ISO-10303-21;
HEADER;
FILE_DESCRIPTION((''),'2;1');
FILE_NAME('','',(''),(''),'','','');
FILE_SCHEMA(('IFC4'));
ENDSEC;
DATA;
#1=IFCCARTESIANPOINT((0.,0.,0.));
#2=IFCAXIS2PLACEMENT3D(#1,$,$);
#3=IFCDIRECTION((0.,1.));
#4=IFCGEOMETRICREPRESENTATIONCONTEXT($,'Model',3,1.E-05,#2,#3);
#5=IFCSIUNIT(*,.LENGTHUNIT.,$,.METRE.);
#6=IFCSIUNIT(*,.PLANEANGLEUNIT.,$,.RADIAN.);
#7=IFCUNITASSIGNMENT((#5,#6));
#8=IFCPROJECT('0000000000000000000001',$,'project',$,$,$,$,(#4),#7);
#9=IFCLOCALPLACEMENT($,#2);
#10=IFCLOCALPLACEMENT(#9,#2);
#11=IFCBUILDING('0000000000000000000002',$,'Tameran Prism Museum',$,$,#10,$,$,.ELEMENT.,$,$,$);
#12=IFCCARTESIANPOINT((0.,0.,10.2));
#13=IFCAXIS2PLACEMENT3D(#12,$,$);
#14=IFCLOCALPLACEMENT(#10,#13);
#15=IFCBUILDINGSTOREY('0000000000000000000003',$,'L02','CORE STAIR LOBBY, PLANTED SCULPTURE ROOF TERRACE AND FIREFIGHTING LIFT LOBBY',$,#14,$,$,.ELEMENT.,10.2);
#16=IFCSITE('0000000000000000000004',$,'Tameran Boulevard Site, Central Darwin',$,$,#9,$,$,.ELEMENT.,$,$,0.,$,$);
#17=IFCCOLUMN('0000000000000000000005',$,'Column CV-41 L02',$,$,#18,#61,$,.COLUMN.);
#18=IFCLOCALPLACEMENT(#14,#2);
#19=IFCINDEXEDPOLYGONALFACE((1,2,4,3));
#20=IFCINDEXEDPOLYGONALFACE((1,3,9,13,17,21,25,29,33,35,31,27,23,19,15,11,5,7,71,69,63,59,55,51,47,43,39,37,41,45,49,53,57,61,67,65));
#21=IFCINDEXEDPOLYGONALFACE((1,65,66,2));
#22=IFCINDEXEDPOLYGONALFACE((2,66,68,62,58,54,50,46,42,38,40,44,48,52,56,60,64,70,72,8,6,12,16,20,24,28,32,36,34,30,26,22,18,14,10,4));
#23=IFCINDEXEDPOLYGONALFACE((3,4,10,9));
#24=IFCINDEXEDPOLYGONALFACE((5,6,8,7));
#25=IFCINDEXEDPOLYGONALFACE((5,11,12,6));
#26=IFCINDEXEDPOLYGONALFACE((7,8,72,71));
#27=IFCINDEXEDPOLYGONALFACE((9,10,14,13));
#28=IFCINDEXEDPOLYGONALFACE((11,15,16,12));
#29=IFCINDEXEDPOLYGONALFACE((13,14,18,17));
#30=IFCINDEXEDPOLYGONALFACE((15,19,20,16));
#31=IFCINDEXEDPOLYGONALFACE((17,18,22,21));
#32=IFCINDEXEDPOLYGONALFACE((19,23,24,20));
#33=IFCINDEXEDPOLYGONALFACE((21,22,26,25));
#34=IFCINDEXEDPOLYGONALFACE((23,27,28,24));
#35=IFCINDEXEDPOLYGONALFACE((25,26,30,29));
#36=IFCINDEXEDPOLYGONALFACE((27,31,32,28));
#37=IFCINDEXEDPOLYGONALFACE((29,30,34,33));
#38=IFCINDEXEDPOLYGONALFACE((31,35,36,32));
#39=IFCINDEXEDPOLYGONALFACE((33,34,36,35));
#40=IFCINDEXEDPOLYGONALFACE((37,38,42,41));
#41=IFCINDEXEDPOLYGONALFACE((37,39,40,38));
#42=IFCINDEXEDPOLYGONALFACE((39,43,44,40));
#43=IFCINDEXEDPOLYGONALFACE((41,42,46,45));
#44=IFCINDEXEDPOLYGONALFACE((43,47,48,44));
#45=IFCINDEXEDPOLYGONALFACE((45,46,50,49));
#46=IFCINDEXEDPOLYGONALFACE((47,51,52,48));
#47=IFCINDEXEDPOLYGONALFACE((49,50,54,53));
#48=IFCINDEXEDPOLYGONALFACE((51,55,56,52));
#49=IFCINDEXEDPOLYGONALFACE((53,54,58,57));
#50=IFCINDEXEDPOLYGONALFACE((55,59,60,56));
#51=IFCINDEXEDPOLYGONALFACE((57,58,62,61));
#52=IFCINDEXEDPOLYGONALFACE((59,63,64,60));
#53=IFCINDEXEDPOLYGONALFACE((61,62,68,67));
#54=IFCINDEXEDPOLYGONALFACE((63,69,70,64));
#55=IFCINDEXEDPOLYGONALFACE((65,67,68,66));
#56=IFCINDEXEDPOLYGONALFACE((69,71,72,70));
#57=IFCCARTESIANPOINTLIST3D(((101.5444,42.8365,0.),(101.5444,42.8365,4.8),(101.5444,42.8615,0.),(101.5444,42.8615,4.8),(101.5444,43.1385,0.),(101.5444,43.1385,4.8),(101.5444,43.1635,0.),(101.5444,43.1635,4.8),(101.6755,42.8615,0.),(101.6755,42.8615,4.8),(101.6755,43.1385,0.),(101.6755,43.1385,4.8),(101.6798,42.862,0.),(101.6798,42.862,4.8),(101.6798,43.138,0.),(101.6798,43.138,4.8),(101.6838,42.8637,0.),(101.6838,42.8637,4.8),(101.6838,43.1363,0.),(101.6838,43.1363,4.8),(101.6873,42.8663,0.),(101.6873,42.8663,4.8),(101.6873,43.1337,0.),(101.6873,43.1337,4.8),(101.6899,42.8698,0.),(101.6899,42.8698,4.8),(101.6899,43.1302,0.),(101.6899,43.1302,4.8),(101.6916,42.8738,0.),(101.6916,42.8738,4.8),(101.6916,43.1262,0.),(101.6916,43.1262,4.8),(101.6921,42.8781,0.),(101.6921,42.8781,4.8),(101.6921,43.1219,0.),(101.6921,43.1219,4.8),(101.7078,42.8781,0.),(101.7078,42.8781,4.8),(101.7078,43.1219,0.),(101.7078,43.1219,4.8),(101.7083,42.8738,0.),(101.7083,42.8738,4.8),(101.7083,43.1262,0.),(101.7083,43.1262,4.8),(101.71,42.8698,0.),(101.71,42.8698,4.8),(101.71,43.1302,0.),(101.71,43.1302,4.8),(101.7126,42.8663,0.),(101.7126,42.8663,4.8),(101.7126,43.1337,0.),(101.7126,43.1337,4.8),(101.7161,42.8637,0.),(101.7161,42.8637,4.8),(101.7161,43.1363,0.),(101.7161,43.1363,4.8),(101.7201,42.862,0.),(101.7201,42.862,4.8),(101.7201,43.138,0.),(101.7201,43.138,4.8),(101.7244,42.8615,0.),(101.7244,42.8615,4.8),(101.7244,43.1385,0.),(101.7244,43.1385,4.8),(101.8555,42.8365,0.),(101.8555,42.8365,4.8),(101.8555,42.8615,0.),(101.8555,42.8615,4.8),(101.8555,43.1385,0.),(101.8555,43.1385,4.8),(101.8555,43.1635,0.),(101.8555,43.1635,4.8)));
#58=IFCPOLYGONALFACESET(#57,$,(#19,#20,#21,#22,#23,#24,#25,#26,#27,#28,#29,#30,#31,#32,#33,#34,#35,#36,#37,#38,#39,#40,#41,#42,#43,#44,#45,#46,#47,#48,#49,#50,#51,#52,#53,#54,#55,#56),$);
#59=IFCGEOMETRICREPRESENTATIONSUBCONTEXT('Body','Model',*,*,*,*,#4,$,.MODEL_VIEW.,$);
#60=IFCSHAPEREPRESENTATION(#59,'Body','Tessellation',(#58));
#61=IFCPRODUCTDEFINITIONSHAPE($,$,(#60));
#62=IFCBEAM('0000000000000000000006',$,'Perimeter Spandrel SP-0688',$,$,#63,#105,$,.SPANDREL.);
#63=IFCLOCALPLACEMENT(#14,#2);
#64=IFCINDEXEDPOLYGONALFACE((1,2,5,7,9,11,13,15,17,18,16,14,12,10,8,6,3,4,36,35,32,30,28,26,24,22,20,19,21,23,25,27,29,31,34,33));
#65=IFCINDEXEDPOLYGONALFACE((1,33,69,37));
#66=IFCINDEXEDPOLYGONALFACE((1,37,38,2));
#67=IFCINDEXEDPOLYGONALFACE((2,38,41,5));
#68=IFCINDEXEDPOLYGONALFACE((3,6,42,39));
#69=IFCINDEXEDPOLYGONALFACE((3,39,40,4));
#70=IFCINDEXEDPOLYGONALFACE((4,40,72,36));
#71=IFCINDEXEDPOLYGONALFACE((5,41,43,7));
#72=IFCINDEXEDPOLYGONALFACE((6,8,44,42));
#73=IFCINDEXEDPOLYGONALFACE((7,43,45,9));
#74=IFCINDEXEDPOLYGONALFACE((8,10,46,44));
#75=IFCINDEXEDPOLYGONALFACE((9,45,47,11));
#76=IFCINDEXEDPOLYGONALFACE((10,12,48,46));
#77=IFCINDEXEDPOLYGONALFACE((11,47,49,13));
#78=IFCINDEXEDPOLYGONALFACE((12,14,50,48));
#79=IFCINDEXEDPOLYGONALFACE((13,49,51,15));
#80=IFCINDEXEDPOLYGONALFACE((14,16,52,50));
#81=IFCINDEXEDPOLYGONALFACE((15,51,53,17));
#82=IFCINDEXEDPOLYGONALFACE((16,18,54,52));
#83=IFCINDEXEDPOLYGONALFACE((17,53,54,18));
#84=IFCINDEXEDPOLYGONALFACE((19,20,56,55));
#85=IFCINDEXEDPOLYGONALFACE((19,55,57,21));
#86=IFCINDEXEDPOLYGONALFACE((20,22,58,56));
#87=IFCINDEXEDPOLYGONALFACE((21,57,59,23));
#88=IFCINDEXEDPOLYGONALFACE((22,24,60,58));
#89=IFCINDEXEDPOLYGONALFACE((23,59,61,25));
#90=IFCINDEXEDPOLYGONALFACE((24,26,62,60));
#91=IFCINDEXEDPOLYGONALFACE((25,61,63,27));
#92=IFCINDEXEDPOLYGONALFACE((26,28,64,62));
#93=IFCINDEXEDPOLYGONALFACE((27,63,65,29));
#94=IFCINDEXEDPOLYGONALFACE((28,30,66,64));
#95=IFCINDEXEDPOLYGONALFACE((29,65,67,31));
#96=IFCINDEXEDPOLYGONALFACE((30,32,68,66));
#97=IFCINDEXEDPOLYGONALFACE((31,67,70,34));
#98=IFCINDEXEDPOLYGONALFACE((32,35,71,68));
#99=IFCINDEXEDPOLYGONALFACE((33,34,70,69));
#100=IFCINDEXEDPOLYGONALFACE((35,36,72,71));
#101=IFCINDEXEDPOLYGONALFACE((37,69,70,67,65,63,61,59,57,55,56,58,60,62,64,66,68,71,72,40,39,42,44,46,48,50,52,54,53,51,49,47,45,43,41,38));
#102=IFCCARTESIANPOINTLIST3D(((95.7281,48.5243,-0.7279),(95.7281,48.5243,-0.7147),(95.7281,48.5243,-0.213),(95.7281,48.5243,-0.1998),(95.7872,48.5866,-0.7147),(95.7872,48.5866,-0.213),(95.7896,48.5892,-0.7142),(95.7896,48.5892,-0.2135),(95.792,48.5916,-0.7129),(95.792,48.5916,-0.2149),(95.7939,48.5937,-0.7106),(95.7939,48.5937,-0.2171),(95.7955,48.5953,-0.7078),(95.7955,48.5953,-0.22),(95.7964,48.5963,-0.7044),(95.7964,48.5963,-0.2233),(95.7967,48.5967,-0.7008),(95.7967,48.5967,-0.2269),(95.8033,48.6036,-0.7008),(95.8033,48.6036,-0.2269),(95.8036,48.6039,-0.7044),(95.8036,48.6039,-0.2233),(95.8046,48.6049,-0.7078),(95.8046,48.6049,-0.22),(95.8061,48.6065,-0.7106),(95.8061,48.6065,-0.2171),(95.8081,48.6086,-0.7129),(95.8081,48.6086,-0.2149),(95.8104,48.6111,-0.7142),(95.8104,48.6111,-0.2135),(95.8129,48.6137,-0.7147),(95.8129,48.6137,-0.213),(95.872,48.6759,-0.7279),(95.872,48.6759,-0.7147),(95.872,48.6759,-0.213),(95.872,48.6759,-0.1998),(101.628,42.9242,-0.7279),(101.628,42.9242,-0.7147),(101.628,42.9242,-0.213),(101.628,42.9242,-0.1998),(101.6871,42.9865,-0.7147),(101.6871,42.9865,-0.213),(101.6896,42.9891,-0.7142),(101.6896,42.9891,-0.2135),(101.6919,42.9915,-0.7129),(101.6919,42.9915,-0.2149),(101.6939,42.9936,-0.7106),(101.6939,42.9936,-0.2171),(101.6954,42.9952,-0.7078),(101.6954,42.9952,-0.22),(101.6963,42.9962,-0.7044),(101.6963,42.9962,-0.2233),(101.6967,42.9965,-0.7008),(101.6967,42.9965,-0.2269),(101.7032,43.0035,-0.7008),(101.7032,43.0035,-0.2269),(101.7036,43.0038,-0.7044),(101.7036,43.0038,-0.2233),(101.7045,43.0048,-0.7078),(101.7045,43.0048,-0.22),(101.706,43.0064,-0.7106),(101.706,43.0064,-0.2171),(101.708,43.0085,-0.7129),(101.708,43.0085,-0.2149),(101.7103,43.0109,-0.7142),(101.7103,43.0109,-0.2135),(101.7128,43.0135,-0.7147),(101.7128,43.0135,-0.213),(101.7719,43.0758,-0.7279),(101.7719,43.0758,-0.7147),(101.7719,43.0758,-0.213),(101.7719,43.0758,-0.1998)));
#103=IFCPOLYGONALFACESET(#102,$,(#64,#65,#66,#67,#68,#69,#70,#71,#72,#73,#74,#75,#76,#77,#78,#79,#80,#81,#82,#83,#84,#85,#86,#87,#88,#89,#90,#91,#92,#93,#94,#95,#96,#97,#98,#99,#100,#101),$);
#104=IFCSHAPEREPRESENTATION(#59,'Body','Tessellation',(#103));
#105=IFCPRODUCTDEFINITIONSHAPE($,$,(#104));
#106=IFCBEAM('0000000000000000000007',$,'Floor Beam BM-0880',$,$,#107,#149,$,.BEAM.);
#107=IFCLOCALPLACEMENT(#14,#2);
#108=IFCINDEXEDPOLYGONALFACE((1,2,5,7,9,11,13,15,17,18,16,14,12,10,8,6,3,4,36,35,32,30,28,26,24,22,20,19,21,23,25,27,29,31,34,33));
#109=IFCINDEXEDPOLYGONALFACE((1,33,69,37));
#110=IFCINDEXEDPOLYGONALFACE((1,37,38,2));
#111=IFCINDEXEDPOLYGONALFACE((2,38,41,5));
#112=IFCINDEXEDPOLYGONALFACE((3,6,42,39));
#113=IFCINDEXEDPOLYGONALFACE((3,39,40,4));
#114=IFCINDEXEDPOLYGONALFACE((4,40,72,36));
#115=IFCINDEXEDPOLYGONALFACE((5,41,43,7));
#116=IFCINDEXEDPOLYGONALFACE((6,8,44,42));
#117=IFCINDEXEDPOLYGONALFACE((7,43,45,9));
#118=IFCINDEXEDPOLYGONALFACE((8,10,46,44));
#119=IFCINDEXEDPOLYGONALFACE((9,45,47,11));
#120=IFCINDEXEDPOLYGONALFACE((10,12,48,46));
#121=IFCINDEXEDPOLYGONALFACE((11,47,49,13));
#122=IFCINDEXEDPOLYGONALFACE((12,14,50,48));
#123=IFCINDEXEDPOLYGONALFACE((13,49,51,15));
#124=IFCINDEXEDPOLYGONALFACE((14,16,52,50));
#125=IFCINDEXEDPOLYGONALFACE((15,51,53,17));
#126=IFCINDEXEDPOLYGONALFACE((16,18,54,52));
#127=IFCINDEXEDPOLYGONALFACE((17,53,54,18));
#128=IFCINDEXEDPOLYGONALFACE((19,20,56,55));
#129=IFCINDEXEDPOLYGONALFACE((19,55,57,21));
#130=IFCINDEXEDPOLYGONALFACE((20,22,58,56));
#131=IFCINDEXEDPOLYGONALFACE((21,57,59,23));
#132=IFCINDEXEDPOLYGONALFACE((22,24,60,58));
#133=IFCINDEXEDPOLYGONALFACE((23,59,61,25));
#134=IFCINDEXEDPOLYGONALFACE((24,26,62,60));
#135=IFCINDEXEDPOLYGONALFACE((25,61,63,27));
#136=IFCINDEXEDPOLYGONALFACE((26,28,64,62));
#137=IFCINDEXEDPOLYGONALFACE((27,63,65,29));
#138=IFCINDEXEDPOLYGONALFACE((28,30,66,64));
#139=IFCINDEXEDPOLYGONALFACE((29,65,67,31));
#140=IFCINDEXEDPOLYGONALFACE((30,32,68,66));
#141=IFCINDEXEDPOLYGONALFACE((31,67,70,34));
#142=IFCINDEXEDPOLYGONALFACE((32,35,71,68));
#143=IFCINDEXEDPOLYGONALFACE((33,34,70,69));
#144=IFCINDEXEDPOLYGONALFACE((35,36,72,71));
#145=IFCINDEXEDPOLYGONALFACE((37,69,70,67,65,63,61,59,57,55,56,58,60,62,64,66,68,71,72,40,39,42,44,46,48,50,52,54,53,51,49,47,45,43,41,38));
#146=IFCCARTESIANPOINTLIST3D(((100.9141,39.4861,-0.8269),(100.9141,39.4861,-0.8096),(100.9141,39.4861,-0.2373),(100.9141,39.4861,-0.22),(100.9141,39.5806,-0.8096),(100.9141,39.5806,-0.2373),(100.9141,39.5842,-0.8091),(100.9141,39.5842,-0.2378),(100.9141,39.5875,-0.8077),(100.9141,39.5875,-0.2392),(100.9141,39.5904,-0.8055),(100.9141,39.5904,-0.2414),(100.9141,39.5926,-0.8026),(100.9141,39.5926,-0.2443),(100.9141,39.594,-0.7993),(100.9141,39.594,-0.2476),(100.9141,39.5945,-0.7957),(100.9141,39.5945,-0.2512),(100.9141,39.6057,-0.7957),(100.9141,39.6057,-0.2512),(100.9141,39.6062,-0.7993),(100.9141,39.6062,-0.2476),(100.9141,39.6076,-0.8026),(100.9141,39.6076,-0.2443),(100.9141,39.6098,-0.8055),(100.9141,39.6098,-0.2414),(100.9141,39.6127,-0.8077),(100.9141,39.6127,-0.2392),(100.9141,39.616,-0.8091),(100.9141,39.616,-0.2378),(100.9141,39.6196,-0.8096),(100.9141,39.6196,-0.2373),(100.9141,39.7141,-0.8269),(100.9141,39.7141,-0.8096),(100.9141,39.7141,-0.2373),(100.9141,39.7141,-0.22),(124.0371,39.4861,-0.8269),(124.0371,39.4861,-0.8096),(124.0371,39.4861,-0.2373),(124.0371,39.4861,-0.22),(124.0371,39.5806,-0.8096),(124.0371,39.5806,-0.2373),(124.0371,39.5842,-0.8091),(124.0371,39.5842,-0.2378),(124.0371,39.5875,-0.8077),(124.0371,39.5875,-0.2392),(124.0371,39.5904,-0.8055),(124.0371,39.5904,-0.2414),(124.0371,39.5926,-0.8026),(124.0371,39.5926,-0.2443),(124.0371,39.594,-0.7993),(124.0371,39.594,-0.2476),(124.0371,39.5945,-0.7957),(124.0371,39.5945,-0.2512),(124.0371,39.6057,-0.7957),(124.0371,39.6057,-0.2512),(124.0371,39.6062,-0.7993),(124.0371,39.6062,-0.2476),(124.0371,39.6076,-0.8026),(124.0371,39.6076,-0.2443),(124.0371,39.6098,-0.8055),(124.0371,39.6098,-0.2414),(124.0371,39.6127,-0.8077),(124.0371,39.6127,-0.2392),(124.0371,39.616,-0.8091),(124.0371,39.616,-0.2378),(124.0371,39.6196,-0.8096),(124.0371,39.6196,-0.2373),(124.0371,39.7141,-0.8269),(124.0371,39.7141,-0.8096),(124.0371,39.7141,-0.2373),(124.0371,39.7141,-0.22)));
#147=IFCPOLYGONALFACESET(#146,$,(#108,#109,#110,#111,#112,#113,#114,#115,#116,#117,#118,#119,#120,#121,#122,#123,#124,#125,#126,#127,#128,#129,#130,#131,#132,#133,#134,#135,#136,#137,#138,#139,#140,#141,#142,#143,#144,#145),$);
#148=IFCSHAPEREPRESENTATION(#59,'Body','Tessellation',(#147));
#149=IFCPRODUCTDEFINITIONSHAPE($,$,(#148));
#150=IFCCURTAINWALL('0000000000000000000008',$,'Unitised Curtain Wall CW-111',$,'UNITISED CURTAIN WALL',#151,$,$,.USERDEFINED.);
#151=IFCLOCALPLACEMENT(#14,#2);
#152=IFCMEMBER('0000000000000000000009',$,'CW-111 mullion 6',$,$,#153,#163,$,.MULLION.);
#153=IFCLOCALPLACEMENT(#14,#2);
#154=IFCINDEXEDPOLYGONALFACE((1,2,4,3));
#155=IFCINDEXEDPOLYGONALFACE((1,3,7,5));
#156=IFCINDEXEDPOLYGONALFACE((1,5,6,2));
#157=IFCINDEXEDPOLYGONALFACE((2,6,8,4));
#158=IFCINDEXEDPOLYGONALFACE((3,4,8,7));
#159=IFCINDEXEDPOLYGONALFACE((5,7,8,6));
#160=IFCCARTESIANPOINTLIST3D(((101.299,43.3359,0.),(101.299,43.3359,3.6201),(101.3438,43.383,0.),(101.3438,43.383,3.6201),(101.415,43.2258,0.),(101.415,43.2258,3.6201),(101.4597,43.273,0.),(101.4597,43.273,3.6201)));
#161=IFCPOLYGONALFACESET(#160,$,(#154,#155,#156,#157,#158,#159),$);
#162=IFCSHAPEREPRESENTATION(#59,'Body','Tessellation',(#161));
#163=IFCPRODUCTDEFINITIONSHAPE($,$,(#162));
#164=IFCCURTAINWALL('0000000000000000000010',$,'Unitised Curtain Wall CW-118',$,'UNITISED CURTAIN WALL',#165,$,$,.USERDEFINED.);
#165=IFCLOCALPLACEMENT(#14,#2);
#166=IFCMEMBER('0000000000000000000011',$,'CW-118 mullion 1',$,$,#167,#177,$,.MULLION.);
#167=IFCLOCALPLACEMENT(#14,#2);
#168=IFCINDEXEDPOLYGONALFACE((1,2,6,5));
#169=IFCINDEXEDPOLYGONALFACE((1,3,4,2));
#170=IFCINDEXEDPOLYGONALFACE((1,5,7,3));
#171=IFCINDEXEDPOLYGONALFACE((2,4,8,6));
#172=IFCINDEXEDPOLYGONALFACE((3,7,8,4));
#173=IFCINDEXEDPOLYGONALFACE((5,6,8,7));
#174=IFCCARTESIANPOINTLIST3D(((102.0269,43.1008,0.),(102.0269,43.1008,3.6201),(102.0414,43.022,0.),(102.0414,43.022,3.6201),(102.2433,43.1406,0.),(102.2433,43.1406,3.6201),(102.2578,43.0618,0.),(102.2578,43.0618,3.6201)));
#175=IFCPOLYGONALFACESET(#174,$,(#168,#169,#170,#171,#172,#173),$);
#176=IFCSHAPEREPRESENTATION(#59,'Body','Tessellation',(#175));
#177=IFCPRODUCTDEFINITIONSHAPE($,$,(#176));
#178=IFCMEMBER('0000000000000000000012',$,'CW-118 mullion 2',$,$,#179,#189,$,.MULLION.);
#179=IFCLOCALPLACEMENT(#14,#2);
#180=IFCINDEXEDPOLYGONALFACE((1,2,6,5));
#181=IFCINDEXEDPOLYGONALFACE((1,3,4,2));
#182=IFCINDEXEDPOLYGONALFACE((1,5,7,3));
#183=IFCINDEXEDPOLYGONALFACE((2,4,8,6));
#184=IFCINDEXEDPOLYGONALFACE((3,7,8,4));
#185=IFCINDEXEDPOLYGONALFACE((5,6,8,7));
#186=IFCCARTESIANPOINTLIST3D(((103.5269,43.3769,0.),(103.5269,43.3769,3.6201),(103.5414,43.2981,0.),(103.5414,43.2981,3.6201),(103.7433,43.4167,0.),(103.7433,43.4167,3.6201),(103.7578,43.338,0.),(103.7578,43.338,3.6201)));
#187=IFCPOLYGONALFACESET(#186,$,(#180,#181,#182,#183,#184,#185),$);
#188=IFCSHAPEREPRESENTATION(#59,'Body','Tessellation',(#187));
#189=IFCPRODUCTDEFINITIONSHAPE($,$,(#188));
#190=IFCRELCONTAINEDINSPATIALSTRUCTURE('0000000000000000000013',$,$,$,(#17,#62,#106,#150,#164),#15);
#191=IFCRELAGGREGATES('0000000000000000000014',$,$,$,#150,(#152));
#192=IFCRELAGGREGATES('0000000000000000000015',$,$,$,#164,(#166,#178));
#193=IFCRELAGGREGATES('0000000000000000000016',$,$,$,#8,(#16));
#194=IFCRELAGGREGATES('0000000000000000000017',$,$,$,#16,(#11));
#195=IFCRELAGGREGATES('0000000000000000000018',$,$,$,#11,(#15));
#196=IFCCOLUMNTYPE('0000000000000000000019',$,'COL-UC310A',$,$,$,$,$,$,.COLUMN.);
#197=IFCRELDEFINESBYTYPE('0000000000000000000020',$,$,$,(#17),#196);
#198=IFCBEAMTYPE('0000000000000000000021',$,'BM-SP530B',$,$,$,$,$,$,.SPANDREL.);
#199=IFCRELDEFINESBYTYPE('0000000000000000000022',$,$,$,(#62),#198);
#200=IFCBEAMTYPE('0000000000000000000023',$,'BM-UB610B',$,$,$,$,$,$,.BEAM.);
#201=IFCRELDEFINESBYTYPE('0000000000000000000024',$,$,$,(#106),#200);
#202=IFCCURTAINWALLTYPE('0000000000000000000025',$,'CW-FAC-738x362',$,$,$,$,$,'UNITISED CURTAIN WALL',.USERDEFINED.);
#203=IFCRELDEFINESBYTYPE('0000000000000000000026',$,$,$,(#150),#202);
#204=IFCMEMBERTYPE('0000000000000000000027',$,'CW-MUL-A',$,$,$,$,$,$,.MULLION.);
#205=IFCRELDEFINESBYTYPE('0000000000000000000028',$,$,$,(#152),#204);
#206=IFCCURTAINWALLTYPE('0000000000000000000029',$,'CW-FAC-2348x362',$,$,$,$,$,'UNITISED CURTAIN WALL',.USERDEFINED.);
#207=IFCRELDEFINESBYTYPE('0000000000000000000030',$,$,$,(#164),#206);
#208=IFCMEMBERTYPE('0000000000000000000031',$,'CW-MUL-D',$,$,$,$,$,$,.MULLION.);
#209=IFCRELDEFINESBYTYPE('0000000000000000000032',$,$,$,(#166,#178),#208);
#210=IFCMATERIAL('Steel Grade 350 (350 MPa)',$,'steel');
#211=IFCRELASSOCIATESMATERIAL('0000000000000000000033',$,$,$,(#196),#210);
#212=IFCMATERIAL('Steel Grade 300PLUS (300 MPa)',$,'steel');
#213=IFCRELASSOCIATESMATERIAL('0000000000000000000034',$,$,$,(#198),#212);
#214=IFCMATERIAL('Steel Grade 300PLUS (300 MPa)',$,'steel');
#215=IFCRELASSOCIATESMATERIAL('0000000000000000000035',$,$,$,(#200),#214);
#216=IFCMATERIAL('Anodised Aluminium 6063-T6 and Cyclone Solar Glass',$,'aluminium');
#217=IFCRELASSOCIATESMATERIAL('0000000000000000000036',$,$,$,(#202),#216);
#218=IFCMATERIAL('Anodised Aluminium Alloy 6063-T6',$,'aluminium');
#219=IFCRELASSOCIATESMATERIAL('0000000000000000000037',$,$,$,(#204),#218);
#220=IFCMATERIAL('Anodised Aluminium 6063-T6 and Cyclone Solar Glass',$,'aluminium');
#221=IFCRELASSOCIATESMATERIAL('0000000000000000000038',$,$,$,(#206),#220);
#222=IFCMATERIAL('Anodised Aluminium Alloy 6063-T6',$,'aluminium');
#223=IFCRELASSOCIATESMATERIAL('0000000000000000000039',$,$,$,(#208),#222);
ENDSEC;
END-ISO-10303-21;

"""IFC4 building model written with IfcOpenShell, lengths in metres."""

from ifc_helpers import new_model, si_unit, direction, frame, origin, origin_2d, place, context, subcontext, project, spatial, rectangle, i_section, extrude, material, material_profile, profile_set, type_object, element, aggregate, save


model = new_model("IFC4")

# Units and contexts
model_context = context("Model", 3, precision=1e-05, world=origin(), true_north=direction((0.0, 1.0)))
body_context = subcontext(model_context, "Body", "Model", "MODEL_VIEW")
ifc_project = project(units=[si_unit("LENGTHUNIT", "METRE"), si_unit("PLANEANGLEUNIT", "RADIAN")], contexts=[model_context])

# Site, building, storey
site_placement = place(None, origin())
site = spatial("IfcSite", under=ifc_project, at=site_placement, Name="Tameran Boulevard Site, Central Darwin", CompositionType="ELEMENT", RefElevation=0.0)
building_placement = place(site_placement, origin())
building = spatial("IfcBuilding", under=site, at=building_placement, Name="Tameran Prism Museum", CompositionType="ELEMENT")
storey_placement = place(building_placement, frame((0.0, 0.0, 10.2)))
storey = spatial("IfcBuildingStorey", under=building, at=storey_placement, Name="L02", Description="CORE STAIR LOBBY, PLANTED SCULPTURE ROOF TERRACE AND FIREFIGHTING LIFT LOBBY", CompositionType="ELEMENT", Elevation=10.2)

# Column
ifc_material_1 = material(Name="Steel Grade 350 (350 MPa)", Category="steel")
ifc_material_profile_1 = material_profile(ifc_material_1, i_section(OverallWidth=0.311, OverallDepth=0.3269, WebThickness=0.0156, FlangeThickness=0.0249, FilletRadius=0.0166, at=origin_2d()))
ifc_profile_set_1 = profile_set([ifc_material_profile_1])
column_type = type_object("IfcColumnType", Name="COL-UC310A", PredefinedType="COLUMN", material=ifc_profile_set_1)
column_placement = place(storey_placement, frame((101.7, 43.0, 0.0), z_axis=(0.0, 0.0, 1.0), x_axis=(1.0, 0.0, 0.0)))
element("IfcColumn", 1, at=column_placement, inside=storey, type_object=column_type, Name="Column CV-41 L02", PredefinedType="COLUMN", context=body_context, shape_type="SweptSolid", body=[
    extrude(i_section(OverallWidth=0.311, OverallDepth=0.3269, WebThickness=0.0156, FlangeThickness=0.0249, FilletRadius=0.0166, at=origin_2d()), origin(), (0.0, 0.0, 1.0), 4.8),
])

# Beams
ifc_material_2 = material(Name="Steel Grade 300PLUS (300 MPa)", Category="steel")
ifc_material_profile_2 = material_profile(ifc_material_2, i_section(OverallWidth=0.209, OverallDepth=0.5281, WebThickness=0.0095, FlangeThickness=0.0132, FilletRadius=0.0139, at=origin_2d()))
ifc_profile_set_2 = profile_set([ifc_material_profile_2])
beam_type_1 = type_object("IfcBeamType", Name="BM-SP530B", PredefinedType="SPANDREL", material=ifc_profile_set_2)
beam_1_placement = place(storey_placement, frame((101.7, 43.0, -0.4639), z_axis=(-0.725295, 0.688439, 0.0), x_axis=(-0.688439, -0.725295, 0.0)))
element("IfcBeam", 2, at=beam_1_placement, inside=storey, type_object=beam_type_1, Name="Perimeter Spandrel SP-0688", PredefinedType="SPANDREL", context=body_context, shape_type="SweptSolid", body=[
    extrude(i_section(OverallWidth=0.209, OverallDepth=0.5281, WebThickness=0.0095, FlangeThickness=0.0132, FilletRadius=0.0139, at=origin_2d()), origin(), (0.0, 0.0, 1.0), 8.1345),
])
ifc_material_3 = material(Name="Steel Grade 300PLUS (300 MPa)", Category="steel")
ifc_material_profile_3 = material_profile(ifc_material_3, i_section(OverallWidth=0.228, OverallDepth=0.6069, WebThickness=0.0112, FlangeThickness=0.0173, FilletRadius=0.0139, at=origin_2d()))
ifc_profile_set_3 = profile_set([ifc_material_profile_3])
beam_type_2 = type_object("IfcBeamType", Name="BM-UB610B", PredefinedType="BEAM", material=ifc_profile_set_3)
beam_2_placement = place(storey_placement, frame((100.9141, 39.6001, -0.5234), z_axis=(1.0, 0.0, 0.0), x_axis=(0.0, 1.0, 0.0)))
element("IfcBeam", 3, at=beam_2_placement, inside=storey, type_object=beam_type_2, Name="Floor Beam BM-0880", PredefinedType="BEAM", context=body_context, shape_type="SweptSolid", body=[
    extrude(i_section(OverallWidth=0.228, OverallDepth=0.6069, WebThickness=0.0112, FlangeThickness=0.0173, FilletRadius=0.0139, at=origin_2d()), origin(), (0.0, 0.0, 1.0), 23.123),
])

# Curtain wall, member
ifc_material_4 = material(Name="Anodised Aluminium 6063-T6 and Cyclone Solar Glass", Category="aluminium")
curtain_wall_type_1 = type_object("IfcCurtainWallType", Name="CW-FAC-738x362", ElementType="UNITISED CURTAIN WALL", PredefinedType="USERDEFINED", material=ifc_material_4)
curtain_wall_1_placement = place(storey_placement, origin())
curtain_wall_1 = element("IfcCurtainWall", 4, at=curtain_wall_1_placement, inside=storey, type_object=curtain_wall_type_1, Name="Unitised Curtain Wall CW-111", ObjectType="UNITISED CURTAIN WALL", PredefinedType="USERDEFINED")
ifc_material_5 = material(Name="Anodised Aluminium Alloy 6063-T6", Category="aluminium")
ifc_material_profile_4 = material_profile(ifc_material_5, rectangle(XDim=0.0649, YDim=0.1599, at=origin_2d()))
ifc_profile_set_4 = profile_set([ifc_material_profile_4])
member_type_1 = type_object("IfcMemberType", Name="CW-MUL-A", PredefinedType="MULLION", material=ifc_profile_set_4)
member_1_placement = place(storey_placement, frame((101.3794, 43.3044, 0.0), z_axis=(0.0, 0.0, 1.0), x_axis=(0.688425, 0.725307, 0.0)))
member_1 = element("IfcMember", 5, at=member_1_placement, type_object=member_type_1, Name="CW-111 mullion 6", PredefinedType="MULLION", context=body_context, shape_type="SweptSolid", body=[
    extrude(rectangle(XDim=0.0649, YDim=0.1599, at=origin_2d()), origin(), (0.0, 0.0, 1.0), 3.6201),
])
aggregate(curtain_wall_1, [member_1])

# Curtain wall, members
ifc_material_6 = material(Name="Anodised Aluminium 6063-T6 and Cyclone Solar Glass", Category="aluminium")
curtain_wall_type_2 = type_object("IfcCurtainWallType", Name="CW-FAC-2348x362", ElementType="UNITISED CURTAIN WALL", PredefinedType="USERDEFINED", material=ifc_material_6)
curtain_wall_2_placement = place(storey_placement, origin())
curtain_wall_2 = element("IfcCurtainWall", 6, at=curtain_wall_2_placement, inside=storey, type_object=curtain_wall_type_2, Name="Unitised Curtain Wall CW-118", ObjectType="UNITISED CURTAIN WALL", PredefinedType="USERDEFINED")
ifc_material_7 = material(Name="Anodised Aluminium Alloy 6063-T6", Category="aluminium")
ifc_material_profile_5 = material_profile(ifc_material_7, rectangle(XDim=0.0801, YDim=0.22, at=origin_2d()))
ifc_profile_set_5 = profile_set([ifc_material_profile_5])
member_type_2 = type_object("IfcMemberType", Name="CW-MUL-D", PredefinedType="MULLION", material=ifc_profile_set_5)
member_2_placement = place(storey_placement, frame((102.1423, 43.0813, 0.0), z_axis=(0.0, 0.0, 1.0), x_axis=(-0.181063, 0.983472, 0.0)))
member_2 = element("IfcMember", 7, at=member_2_placement, type_object=member_type_2, Name="CW-118 mullion 1", PredefinedType="MULLION", context=body_context, shape_type="SweptSolid", body=[
    extrude(rectangle(XDim=0.0801, YDim=0.22, at=origin_2d()), origin(), (0.0, 0.0, 1.0), 3.6201),
])
member_3_placement = place(storey_placement, frame((103.6423, 43.3574, 0.0), z_axis=(0.0, 0.0, 1.0), x_axis=(-0.181063, 0.983472, 0.0)))
member_3 = element("IfcMember", 8, at=member_3_placement, type_object=member_type_2, Name="CW-118 mullion 2", PredefinedType="MULLION", context=body_context, shape_type="SweptSolid", body=[
    extrude(rectangle(XDim=0.0801, YDim=0.22, at=origin_2d()), origin(), (0.0, 0.0, 1.0), 3.6201),
])
aggregate(curtain_wall_2, [member_2, member_3])

save(model, "model.ifc")
